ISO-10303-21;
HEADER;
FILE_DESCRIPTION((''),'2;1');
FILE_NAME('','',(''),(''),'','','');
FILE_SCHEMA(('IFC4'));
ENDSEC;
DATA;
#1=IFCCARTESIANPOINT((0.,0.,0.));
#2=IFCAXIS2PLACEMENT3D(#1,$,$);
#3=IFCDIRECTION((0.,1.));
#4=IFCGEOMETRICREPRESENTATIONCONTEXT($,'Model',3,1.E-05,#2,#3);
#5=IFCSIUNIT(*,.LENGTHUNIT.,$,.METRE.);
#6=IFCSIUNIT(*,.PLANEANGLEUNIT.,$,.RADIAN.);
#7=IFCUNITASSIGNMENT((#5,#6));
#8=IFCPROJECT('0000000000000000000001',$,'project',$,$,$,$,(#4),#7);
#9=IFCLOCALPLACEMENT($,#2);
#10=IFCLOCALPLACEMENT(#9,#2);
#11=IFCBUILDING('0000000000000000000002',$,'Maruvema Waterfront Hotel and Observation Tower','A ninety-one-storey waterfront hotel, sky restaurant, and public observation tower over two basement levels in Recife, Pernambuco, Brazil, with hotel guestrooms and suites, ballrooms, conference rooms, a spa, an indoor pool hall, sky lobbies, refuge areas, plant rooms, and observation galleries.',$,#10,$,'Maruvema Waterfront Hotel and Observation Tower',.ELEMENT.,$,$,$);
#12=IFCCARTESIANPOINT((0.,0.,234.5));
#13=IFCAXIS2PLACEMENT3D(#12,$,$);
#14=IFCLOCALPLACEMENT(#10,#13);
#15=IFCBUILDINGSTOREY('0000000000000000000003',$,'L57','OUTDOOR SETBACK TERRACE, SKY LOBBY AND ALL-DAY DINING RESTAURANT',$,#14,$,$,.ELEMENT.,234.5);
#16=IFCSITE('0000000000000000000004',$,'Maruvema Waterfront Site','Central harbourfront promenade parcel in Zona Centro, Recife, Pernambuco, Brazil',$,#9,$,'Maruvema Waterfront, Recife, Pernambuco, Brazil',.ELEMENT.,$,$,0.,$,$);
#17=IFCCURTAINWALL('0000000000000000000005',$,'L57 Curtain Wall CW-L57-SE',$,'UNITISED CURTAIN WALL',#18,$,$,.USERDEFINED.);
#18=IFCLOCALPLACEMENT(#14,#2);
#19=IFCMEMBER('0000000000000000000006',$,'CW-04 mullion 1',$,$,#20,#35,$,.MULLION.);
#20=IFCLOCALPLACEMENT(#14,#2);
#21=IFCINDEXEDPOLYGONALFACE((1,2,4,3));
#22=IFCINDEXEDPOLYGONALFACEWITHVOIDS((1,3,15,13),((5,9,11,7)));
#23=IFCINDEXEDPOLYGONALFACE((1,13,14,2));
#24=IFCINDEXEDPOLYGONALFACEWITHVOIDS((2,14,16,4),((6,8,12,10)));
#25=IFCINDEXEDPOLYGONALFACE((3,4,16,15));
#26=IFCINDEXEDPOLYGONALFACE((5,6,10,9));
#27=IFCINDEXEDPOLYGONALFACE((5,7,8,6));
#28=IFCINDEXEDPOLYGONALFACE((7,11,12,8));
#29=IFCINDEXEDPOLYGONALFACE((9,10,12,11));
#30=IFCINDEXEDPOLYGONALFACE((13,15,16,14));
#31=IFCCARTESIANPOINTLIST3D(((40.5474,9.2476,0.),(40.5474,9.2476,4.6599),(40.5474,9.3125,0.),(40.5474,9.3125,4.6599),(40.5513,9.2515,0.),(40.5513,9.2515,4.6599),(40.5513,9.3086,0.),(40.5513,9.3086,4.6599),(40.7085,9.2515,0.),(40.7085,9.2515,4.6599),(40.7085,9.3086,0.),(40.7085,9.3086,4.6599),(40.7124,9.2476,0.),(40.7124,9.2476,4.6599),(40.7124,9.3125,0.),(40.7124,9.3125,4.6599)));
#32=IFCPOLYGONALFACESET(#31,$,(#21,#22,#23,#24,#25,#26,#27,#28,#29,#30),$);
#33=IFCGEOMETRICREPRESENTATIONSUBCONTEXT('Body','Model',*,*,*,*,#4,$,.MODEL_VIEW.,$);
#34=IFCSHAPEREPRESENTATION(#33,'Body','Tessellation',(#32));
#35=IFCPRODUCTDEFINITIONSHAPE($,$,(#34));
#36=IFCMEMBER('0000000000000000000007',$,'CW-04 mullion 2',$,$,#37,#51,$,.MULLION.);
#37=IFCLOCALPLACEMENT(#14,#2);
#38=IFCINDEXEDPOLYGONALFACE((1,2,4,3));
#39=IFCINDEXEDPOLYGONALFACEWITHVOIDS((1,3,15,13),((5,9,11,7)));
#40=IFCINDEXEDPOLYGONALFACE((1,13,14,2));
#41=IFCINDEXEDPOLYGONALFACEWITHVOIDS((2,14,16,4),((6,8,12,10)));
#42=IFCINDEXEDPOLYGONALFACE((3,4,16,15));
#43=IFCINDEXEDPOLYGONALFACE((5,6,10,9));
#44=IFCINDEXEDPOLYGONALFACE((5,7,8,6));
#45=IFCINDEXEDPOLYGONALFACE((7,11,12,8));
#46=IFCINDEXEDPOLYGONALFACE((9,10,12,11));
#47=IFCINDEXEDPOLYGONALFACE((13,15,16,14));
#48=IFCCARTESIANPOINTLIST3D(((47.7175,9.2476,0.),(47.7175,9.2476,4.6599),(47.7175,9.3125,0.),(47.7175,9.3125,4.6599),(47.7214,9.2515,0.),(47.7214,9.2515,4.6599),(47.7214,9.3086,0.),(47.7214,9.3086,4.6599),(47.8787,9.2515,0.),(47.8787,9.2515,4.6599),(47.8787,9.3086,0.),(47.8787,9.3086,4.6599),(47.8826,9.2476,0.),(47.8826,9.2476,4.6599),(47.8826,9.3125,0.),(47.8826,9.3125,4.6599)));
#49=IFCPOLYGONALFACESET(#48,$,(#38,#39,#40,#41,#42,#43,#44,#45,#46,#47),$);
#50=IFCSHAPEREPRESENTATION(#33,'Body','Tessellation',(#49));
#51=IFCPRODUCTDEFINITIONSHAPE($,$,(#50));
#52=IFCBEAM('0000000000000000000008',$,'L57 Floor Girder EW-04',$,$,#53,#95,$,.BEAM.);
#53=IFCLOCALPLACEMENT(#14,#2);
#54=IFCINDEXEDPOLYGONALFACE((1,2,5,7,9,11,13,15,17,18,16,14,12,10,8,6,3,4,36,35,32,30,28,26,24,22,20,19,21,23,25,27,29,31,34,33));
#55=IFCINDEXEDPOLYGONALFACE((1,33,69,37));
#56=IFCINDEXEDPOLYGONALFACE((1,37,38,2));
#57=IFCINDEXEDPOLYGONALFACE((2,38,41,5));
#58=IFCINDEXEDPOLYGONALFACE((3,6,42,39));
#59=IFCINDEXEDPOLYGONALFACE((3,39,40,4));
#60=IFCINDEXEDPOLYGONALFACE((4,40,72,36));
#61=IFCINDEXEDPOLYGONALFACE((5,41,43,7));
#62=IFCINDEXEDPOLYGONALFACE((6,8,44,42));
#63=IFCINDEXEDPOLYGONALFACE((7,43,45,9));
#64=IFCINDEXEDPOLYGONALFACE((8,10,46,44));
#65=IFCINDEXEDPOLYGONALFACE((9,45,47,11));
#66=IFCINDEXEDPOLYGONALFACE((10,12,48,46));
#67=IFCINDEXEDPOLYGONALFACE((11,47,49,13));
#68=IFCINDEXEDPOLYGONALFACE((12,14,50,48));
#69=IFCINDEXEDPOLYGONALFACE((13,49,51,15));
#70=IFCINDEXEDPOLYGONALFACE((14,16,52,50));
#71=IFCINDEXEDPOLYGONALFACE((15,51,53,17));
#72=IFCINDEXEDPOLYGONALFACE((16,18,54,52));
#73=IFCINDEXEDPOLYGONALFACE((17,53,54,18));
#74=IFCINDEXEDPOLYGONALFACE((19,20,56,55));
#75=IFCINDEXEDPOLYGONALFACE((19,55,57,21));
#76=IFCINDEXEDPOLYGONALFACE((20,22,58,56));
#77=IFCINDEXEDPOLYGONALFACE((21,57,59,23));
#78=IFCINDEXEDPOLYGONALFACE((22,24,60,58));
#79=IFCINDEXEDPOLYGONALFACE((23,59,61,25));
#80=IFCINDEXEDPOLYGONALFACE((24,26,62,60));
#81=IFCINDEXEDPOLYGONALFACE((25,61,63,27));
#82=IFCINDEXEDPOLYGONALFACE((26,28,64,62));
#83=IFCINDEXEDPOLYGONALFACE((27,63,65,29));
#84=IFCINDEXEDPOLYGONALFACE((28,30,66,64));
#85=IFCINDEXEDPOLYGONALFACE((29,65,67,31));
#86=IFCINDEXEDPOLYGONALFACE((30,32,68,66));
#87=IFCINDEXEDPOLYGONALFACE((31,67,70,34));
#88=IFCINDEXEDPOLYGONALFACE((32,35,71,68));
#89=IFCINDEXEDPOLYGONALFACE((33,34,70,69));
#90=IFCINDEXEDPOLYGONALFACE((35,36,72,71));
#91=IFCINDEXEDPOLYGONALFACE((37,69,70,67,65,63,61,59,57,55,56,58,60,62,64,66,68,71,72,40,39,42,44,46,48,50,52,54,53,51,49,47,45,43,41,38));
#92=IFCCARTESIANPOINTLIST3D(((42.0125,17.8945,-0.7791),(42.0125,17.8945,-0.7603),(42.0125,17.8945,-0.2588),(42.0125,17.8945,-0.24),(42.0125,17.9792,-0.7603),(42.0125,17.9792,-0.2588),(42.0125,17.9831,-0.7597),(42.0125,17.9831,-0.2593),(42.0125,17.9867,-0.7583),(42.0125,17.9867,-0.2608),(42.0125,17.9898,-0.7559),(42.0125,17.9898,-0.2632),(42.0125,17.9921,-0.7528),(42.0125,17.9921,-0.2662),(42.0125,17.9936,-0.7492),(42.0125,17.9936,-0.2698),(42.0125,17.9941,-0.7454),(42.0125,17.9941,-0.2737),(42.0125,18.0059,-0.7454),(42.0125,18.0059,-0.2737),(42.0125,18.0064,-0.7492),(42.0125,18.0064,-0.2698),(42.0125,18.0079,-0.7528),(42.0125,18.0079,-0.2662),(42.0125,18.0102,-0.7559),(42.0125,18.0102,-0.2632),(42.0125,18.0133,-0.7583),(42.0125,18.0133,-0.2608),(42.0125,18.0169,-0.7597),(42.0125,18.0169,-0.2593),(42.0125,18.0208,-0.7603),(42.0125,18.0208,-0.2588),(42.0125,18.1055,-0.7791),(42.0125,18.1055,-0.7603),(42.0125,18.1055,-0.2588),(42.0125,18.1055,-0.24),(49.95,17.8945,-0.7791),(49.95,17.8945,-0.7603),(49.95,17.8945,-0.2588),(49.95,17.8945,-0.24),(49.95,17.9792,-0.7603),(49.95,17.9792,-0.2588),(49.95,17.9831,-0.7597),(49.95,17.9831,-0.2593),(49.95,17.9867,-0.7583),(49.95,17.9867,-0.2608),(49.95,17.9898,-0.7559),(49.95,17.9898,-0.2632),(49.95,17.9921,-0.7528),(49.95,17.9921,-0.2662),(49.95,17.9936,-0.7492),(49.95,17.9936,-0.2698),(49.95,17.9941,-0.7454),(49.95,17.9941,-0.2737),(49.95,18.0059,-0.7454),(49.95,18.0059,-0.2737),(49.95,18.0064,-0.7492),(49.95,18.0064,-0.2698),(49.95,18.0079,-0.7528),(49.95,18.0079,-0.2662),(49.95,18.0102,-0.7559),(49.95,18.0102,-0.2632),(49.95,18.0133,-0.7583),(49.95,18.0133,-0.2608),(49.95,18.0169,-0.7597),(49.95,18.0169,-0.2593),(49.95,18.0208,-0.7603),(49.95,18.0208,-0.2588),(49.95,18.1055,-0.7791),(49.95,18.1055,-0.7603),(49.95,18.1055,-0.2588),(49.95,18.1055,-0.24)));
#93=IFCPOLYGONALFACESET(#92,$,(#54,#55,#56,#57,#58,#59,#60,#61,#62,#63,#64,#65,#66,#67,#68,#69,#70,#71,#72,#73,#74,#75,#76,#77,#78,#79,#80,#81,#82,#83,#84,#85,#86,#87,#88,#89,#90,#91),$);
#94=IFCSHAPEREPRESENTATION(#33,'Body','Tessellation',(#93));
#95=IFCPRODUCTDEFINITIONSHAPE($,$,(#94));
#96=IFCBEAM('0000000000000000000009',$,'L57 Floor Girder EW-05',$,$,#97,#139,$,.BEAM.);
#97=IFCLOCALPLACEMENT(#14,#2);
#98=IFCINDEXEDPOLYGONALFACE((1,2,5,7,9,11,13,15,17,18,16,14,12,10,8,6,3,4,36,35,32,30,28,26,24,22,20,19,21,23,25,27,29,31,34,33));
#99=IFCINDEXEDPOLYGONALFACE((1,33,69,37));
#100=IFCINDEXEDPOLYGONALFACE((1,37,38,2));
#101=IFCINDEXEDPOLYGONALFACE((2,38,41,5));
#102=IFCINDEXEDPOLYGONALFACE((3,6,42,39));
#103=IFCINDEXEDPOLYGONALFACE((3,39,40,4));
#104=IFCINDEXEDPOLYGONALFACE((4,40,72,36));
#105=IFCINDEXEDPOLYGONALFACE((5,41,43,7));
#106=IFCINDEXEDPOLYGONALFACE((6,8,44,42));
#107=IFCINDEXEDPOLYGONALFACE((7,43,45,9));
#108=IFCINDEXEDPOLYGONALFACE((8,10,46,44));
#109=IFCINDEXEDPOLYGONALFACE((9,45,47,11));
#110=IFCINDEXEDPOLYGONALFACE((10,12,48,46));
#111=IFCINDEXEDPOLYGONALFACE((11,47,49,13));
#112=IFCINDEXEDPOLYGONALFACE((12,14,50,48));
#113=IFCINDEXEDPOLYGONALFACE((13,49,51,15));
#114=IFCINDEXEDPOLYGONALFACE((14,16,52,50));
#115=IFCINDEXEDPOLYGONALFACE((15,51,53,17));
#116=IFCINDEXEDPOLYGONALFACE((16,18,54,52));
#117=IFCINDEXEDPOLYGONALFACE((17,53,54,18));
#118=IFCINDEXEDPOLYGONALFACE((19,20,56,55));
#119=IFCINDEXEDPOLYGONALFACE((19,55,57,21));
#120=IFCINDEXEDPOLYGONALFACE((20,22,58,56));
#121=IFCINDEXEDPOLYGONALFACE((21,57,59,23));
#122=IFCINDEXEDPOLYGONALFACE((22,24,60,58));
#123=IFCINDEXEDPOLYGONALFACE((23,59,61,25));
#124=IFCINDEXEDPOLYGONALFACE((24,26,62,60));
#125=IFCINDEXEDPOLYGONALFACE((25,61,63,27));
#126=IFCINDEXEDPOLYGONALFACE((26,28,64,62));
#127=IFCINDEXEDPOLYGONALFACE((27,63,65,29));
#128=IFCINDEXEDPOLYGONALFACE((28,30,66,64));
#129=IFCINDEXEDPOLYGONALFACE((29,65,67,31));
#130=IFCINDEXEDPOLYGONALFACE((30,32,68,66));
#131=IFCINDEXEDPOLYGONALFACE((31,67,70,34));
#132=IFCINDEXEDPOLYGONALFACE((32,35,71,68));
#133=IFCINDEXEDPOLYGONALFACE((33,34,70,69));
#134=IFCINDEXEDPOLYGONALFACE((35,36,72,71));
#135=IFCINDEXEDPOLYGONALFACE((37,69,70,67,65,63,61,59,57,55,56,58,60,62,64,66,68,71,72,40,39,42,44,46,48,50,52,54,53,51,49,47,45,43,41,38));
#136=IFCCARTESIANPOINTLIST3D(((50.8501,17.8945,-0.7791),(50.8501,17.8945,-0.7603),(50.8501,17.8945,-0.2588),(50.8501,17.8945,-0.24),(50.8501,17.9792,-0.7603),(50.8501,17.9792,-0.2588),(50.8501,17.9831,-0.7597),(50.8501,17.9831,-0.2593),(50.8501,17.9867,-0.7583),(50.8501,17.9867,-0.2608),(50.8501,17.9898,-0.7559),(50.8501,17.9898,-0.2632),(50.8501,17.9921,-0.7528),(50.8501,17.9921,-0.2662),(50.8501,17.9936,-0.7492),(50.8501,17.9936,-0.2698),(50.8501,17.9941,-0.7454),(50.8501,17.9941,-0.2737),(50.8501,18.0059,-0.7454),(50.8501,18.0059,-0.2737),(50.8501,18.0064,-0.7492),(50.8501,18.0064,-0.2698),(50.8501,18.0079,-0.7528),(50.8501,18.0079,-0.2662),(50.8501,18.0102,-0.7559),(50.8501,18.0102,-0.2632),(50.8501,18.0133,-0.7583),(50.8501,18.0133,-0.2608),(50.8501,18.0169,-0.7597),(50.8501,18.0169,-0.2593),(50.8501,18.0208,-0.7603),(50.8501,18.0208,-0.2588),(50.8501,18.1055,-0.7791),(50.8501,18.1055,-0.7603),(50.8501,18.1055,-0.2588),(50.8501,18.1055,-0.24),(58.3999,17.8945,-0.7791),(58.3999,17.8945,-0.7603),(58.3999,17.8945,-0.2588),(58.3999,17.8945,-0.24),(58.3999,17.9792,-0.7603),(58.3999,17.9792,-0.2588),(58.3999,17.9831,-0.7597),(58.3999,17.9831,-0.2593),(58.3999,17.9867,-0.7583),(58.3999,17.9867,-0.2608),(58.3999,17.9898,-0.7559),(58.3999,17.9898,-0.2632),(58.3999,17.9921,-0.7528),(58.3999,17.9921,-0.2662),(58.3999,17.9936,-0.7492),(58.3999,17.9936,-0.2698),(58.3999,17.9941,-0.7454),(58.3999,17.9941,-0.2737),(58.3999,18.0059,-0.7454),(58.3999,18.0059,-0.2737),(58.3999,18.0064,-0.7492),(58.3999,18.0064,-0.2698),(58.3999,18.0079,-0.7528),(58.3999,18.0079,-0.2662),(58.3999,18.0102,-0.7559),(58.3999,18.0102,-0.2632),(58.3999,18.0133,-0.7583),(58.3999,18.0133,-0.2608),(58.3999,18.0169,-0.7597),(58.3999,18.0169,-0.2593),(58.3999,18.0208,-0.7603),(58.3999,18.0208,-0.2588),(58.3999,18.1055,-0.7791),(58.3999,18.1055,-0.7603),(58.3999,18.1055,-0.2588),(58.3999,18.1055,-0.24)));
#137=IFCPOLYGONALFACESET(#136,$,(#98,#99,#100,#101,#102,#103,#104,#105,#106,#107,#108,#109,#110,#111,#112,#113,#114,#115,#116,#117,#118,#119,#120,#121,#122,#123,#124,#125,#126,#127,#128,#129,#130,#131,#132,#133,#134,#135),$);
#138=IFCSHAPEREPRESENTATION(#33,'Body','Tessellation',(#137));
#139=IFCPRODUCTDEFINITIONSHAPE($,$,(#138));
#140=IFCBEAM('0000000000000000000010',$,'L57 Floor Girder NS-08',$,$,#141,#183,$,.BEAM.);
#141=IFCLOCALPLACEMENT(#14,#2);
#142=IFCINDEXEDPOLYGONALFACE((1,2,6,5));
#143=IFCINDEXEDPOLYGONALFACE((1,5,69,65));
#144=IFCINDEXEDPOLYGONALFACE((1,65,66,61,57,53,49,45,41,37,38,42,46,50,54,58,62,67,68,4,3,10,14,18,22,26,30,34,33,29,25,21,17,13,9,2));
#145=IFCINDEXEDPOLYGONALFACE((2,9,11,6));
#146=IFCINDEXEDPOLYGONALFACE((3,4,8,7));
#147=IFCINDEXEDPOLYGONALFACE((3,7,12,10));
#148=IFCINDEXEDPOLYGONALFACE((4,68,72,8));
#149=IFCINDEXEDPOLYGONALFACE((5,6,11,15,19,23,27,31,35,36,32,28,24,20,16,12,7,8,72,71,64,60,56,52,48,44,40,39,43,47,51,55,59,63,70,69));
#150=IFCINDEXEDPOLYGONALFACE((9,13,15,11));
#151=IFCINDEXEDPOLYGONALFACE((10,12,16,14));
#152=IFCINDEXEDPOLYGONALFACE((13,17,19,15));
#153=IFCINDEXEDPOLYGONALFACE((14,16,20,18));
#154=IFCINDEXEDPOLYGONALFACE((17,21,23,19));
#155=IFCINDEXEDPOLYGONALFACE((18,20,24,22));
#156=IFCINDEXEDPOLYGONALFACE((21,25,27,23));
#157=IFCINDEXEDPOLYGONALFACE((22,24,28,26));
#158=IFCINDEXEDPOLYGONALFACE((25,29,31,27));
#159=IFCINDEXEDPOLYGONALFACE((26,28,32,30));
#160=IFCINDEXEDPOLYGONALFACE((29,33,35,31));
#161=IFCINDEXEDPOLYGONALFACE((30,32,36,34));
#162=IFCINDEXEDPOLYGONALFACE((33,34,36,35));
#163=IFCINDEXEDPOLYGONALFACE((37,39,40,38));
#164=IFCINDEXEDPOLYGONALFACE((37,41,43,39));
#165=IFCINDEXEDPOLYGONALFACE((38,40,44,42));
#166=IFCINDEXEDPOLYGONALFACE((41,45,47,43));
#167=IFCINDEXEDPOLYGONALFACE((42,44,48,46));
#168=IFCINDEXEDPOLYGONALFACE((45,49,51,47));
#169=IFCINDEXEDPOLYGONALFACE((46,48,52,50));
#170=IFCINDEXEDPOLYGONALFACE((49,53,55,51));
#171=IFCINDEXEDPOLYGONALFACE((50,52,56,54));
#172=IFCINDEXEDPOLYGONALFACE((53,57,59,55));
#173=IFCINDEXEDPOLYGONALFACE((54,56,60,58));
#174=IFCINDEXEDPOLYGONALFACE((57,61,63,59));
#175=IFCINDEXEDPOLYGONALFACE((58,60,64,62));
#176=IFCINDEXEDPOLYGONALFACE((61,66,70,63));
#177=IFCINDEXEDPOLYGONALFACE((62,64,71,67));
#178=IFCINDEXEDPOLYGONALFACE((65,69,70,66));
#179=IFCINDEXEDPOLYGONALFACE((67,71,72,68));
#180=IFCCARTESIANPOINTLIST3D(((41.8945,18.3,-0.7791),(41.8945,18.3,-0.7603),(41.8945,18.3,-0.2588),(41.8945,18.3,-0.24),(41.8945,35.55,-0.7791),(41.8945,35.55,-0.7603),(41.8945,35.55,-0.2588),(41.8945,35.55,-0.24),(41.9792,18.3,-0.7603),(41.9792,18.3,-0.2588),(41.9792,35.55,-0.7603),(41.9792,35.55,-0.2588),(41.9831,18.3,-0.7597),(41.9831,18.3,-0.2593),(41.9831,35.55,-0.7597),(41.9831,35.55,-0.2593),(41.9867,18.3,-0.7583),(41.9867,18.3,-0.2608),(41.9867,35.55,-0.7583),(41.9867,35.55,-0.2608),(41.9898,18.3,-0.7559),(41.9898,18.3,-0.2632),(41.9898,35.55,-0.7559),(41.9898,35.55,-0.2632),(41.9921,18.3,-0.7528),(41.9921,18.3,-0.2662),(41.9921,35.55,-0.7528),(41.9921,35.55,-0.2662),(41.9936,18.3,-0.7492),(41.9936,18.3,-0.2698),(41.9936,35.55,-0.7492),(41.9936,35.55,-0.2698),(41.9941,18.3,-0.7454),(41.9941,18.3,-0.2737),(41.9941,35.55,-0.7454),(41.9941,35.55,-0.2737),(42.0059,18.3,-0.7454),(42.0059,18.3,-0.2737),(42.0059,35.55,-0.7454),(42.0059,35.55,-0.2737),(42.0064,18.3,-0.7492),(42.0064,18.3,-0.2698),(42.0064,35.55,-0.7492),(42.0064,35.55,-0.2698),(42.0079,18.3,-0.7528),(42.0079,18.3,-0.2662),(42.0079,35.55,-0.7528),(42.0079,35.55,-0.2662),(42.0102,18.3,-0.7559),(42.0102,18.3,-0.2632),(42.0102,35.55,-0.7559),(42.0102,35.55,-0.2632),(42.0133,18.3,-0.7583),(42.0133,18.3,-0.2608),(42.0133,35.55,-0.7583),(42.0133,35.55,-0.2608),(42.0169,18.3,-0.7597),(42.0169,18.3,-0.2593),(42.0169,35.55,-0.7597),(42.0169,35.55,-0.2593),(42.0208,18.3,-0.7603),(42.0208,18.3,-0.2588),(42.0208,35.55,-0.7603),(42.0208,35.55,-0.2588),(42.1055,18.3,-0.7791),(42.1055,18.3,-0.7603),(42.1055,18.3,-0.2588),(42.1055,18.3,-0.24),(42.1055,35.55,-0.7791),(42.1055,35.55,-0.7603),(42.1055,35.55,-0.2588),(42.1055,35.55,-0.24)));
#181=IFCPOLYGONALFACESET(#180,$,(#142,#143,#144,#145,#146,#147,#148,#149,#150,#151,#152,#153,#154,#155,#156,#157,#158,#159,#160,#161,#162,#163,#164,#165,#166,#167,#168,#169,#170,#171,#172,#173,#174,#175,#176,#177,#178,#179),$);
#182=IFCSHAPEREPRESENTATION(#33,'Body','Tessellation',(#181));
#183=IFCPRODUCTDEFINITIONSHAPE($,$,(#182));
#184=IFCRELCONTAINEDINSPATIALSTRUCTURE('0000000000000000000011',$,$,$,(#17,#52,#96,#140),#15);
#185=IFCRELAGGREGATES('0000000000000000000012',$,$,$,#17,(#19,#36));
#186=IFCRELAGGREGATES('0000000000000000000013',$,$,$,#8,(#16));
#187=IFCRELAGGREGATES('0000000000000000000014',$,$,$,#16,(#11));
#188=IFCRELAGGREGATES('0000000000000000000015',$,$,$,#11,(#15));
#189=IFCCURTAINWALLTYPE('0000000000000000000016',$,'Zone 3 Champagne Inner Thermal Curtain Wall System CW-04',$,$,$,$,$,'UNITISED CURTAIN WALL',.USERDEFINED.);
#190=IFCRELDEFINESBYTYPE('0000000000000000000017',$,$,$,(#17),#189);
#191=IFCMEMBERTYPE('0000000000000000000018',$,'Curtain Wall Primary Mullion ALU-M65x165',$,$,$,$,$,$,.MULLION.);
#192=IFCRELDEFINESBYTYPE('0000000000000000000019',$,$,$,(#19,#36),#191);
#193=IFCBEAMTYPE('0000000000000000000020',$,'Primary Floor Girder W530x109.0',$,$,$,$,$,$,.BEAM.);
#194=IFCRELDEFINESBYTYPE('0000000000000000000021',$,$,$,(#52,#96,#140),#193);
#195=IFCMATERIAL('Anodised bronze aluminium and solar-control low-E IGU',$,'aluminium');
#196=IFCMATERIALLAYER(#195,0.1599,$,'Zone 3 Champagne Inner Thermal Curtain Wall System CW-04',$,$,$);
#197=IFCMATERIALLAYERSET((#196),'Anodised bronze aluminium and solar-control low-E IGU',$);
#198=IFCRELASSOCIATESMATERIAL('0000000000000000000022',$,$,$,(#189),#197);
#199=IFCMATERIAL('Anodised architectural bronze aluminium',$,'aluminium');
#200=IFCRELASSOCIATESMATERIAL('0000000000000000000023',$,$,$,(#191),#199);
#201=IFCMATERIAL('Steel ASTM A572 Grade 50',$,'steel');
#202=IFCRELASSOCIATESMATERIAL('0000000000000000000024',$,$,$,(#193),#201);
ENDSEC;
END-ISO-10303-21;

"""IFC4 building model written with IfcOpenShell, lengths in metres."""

from ifc_helpers import new_model, si_unit, direction, frame, origin, origin_2d, place, context, subcontext, project, spatial, hollow_rectangle, i_section, extrude, material, layer, layer_set, material_profile, profile_set, type_object, element, aggregate, save


model = new_model("IFC4")

# Units and contexts
model_context = context("Model", 3, precision=1e-05, world=origin(), true_north=direction((0.0, 1.0)))
body_context = subcontext(model_context, "Body", "Model", "MODEL_VIEW")
ifc_project = project(units=[si_unit("LENGTHUNIT", "METRE"), si_unit("PLANEANGLEUNIT", "RADIAN")], contexts=[model_context])

# Site, building, storey
site_placement = place(None, origin())
site = spatial("IfcSite", under=ifc_project, at=site_placement, Name="Maruvema Waterfront Site", Description="Central harbourfront promenade parcel in Zona Centro, Recife, Pernambuco, Brazil", LongName="Maruvema Waterfront, Recife, Pernambuco, Brazil", CompositionType="ELEMENT", RefElevation=0.0)
building_placement = place(site_placement, origin())
building = spatial("IfcBuilding", under=site, at=building_placement, Name="Maruvema Waterfront Hotel and Observation Tower", Description="A ninety-one-storey waterfront hotel, sky restaurant, and public observation tower over two basement levels in Recife, Pernambuco, Brazil, with hotel guestrooms and suites, ballrooms, conference rooms, a spa, an indoor pool hall, sky lobbies, refuge areas, plant rooms, and observation galleries.", LongName="Maruvema Waterfront Hotel and Observation Tower", CompositionType="ELEMENT")
storey_placement = place(building_placement, frame((0.0, 0.0, 234.5)))
storey = spatial("IfcBuildingStorey", under=building, at=storey_placement, Name="L57", Description="OUTDOOR SETBACK TERRACE, SKY LOBBY AND ALL-DAY DINING RESTAURANT", CompositionType="ELEMENT", Elevation=234.5)

# Curtain wall, members
ifc_material_1 = material(Name="Anodised bronze aluminium and solar-control low-E IGU", Category="aluminium")
ifc_layer_1 = layer(ifc_material_1, 0.1599, Name="Zone 3 Champagne Inner Thermal Curtain Wall System CW-04")
ifc_layer_set_1 = layer_set([ifc_layer_1], Name="Anodised bronze aluminium and solar-control low-E IGU")
curtain_wall_type = type_object("IfcCurtainWallType", Name="Zone 3 Champagne Inner Thermal Curtain Wall System CW-04", ElementType="UNITISED CURTAIN WALL", PredefinedType="USERDEFINED", material=ifc_layer_set_1)
curtain_wall_placement = place(storey_placement, origin())
curtain_wall = element("IfcCurtainWall", 1, at=curtain_wall_placement, inside=storey, type_object=curtain_wall_type, Name="L57 Curtain Wall CW-L57-SE", ObjectType="UNITISED CURTAIN WALL", PredefinedType="USERDEFINED")
ifc_material_2 = material(Name="Anodised architectural bronze aluminium", Category="aluminium")
ifc_material_profile_1 = material_profile(ifc_material_2, hollow_rectangle(XDim=0.0649, YDim=0.165, WallThickness=0.0039, at=origin_2d()), Name="ALU-M65x165")
ifc_profile_set_1 = profile_set([ifc_material_profile_1], Name="Anodised architectural bronze aluminium")
member_type_1 = type_object("IfcMemberType", Name="Curtain Wall Primary Mullion ALU-M65x165", PredefinedType="MULLION", material=ifc_profile_set_1)
member_1_placement = place(storey_placement, frame((40.6299, 9.28, 0.0), z_axis=(0.0, 0.0, 1.0), x_axis=(0.0, 1.0, 0.0)))
member_1 = element("IfcMember", 2, at=member_1_placement, type_object=member_type_1, Name="CW-04 mullion 1", PredefinedType="MULLION", context=body_context, shape_type="SweptSolid", body=[
    extrude(hollow_rectangle(XDim=0.0649, YDim=0.165, WallThickness=0.0039, at=origin_2d()), origin(), (0.0, 0.0, 1.0), 4.6599),
])
member_2_placement = place(storey_placement, frame((47.8, 9.28, 0.0), z_axis=(0.0, 0.0, 1.0), x_axis=(0.0, 1.0, 0.0)))
member_2 = element("IfcMember", 3, at=member_2_placement, type_object=member_type_1, Name="CW-04 mullion 2", PredefinedType="MULLION", context=body_context, shape_type="SweptSolid", body=[
    extrude(hollow_rectangle(XDim=0.0649, YDim=0.165, WallThickness=0.0039, at=origin_2d()), origin(), (0.0, 0.0, 1.0), 4.6599),
])

# Beams
ifc_material_3 = material(Name="Steel ASTM A572 Grade 50", Category="steel")
ifc_material_profile_2 = material_profile(ifc_material_3, i_section(OverallWidth=0.2109, OverallDepth=0.5391, WebThickness=0.0117, FlangeThickness=0.0188, FilletRadius=0.0149, at=origin_2d()), Name="W530x109.0")
ifc_profile_set_2 = profile_set([ifc_material_profile_2], Name="Steel ASTM A572 Grade 50")
beam_type = type_object("IfcBeamType", Name="Primary Floor Girder W530x109.0", PredefinedType="BEAM", material=ifc_profile_set_2)
beam_1_placement = place(storey_placement, frame((42.0125, 18.0, -0.5095), z_axis=(1.0, 0.0, 0.0), x_axis=(0.0, 1.0, 0.0)))
element("IfcBeam", 4, at=beam_1_placement, inside=storey, type_object=beam_type, Name="L57 Floor Girder EW-04", PredefinedType="BEAM", context=body_context, shape_type="SweptSolid", body=[
    extrude(i_section(OverallWidth=0.2109, OverallDepth=0.5391, WebThickness=0.0117, FlangeThickness=0.0188, FilletRadius=0.0149, at=origin_2d()), origin(), (0.0, 0.0, 1.0), 7.9375),
])
beam_2_placement = place(storey_placement, frame((50.8501, 18.0, -0.5095), z_axis=(1.0, 0.0, 0.0), x_axis=(0.0, 1.0, 0.0)))
element("IfcBeam", 5, at=beam_2_placement, inside=storey, type_object=beam_type, Name="L57 Floor Girder EW-05", PredefinedType="BEAM", context=body_context, shape_type="SweptSolid", body=[
    extrude(i_section(OverallWidth=0.2109, OverallDepth=0.5391, WebThickness=0.0117, FlangeThickness=0.0188, FilletRadius=0.0149, at=origin_2d()), origin(), (0.0, 0.0, 1.0), 7.5498),
])
beam_3_placement = place(storey_placement, frame((42.0, 18.3, -0.5095), z_axis=(0.0, 1.0, 0.0), x_axis=(-1.0, 0.0, 0.0)))
element("IfcBeam", 6, at=beam_3_placement, inside=storey, type_object=beam_type, Name="L57 Floor Girder NS-08", PredefinedType="BEAM", context=body_context, shape_type="SweptSolid", body=[
    extrude(i_section(OverallWidth=0.2109, OverallDepth=0.5391, WebThickness=0.0117, FlangeThickness=0.0188, FilletRadius=0.0149, at=origin_2d()), origin(), (0.0, 0.0, 1.0), 17.25),
])

aggregate(curtain_wall, [member_1, member_2])

save(model, "model.ifc")
